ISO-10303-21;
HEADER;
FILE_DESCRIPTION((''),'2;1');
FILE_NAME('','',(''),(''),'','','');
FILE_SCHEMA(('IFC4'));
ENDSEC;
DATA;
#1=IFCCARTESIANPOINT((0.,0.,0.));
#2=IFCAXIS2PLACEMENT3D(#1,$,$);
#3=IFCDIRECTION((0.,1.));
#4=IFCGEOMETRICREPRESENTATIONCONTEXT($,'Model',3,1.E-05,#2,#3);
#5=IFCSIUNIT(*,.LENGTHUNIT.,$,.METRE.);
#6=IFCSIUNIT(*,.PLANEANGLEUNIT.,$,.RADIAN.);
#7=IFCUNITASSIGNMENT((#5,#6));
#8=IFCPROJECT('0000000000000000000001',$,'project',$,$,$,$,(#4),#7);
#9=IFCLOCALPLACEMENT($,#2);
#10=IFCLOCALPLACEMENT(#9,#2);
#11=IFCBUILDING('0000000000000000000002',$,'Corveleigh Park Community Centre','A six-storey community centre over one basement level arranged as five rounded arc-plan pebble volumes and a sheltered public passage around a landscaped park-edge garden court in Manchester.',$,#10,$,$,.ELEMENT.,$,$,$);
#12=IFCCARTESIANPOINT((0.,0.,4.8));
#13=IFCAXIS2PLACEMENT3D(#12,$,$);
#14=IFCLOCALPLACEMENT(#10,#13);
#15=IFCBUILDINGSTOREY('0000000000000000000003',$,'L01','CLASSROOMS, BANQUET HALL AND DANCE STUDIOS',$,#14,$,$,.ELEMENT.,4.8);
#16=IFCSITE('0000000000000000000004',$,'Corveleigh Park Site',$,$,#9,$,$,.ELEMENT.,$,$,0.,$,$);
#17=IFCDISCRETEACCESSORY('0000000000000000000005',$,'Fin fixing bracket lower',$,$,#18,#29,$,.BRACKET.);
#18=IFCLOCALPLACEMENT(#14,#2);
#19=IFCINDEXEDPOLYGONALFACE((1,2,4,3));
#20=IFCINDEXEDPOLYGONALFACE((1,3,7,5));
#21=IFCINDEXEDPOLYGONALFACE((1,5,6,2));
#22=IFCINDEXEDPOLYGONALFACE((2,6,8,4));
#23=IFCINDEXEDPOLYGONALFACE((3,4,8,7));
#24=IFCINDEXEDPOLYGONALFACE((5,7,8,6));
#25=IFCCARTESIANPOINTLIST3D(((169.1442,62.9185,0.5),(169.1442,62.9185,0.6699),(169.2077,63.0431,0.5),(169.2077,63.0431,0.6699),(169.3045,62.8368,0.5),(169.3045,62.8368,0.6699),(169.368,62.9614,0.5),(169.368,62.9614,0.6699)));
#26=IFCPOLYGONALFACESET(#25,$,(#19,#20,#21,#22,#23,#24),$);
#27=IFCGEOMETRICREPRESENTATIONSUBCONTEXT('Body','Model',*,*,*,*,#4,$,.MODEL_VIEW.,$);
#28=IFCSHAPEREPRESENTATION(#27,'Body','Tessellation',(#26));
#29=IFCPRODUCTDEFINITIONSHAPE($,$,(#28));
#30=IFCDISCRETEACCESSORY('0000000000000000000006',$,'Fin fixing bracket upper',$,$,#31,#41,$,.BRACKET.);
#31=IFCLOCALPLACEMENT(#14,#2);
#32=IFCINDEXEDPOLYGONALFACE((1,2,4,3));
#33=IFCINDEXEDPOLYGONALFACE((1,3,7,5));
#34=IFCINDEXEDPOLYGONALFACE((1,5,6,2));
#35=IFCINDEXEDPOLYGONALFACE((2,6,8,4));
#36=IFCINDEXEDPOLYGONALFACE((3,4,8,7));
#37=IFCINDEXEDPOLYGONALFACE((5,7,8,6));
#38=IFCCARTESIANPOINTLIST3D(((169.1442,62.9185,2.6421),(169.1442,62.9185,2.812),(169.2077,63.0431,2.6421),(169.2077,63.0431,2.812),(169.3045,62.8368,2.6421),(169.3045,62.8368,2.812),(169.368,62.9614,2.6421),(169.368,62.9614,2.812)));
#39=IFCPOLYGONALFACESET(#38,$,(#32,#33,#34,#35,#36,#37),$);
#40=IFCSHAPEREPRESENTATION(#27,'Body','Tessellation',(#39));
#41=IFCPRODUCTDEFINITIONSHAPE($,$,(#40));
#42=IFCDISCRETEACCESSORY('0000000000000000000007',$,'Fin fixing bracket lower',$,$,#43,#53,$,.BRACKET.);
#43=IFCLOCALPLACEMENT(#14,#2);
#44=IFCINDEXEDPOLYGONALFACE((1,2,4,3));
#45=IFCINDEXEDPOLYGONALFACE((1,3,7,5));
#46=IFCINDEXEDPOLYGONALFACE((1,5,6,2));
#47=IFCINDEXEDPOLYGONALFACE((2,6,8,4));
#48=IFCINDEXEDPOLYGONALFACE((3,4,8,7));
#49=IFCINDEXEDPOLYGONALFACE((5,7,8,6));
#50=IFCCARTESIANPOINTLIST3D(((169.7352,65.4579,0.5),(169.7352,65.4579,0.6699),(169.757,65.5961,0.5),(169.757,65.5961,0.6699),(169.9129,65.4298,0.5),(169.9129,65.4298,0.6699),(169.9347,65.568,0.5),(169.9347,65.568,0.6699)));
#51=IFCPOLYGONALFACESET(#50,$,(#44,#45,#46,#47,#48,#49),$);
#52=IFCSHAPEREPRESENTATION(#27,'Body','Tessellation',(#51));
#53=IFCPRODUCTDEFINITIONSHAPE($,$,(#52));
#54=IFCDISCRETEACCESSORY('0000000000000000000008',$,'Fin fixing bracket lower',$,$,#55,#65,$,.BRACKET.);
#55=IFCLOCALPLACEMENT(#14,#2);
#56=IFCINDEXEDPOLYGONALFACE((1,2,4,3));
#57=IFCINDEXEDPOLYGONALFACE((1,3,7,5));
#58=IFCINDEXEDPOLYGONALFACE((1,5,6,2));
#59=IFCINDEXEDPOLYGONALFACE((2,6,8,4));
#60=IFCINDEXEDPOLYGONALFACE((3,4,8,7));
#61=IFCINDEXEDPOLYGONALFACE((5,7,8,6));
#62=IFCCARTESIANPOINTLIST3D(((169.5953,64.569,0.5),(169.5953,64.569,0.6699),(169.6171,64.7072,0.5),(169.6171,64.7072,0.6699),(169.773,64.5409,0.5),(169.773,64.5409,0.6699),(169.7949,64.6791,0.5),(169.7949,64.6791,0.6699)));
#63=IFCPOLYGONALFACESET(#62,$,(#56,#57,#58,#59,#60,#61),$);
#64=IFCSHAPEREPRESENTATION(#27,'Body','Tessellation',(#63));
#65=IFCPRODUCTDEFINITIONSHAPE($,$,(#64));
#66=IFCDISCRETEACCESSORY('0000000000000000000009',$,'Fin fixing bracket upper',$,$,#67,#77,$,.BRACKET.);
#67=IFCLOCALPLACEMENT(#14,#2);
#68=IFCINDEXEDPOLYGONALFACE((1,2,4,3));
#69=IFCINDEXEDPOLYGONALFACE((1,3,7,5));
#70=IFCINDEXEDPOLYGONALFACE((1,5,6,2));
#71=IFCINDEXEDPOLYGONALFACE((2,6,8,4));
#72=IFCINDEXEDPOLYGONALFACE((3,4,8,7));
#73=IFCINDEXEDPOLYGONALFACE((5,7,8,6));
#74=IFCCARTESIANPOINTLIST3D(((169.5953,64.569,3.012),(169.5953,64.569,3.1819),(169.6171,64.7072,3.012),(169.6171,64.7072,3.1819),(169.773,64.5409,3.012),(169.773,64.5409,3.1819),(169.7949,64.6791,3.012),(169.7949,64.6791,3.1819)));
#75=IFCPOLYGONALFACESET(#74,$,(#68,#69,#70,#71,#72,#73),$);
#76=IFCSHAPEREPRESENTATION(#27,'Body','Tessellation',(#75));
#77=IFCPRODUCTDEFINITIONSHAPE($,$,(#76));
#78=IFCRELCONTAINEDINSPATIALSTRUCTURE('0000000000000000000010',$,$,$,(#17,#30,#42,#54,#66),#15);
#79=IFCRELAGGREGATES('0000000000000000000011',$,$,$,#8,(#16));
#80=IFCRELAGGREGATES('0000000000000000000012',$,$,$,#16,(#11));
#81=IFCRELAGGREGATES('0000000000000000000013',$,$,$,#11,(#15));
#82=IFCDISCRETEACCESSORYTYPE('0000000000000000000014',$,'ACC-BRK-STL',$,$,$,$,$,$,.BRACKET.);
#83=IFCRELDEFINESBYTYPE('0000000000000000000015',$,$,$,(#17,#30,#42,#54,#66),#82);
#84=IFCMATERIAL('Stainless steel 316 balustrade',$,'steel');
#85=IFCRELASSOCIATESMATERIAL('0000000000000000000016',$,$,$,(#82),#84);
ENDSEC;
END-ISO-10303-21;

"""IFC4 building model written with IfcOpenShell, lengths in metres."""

from ifc_helpers import new_model, si_unit, direction, frame, origin, origin_2d, place, context, subcontext, project, spatial, rectangle, extrude, material, type_object, element, save


model = new_model("IFC4")

# Units and contexts
model_context = context("Model", 3, precision=1e-05, world=origin(), true_north=direction((0.0, 1.0)))
body_context = subcontext(model_context, "Body", "Model", "MODEL_VIEW")
ifc_project = project(units=[si_unit("LENGTHUNIT", "METRE"), si_unit("PLANEANGLEUNIT", "RADIAN")], contexts=[model_context])

# Site, building, storey
site_placement = place(None, origin())
site = spatial("IfcSite", under=ifc_project, at=site_placement, Name="Corveleigh Park Site", CompositionType="ELEMENT", RefElevation=0.0)
building_placement = place(site_placement, origin())
building = spatial("IfcBuilding", under=site, at=building_placement, Name="Corveleigh Park Community Centre", Description="A six-storey community centre over one basement level arranged as five rounded arc-plan pebble volumes and a sheltered public passage around a landscaped park-edge garden court in Manchester.", CompositionType="ELEMENT")
storey_placement = place(building_placement, frame((0.0, 0.0, 4.8)))
storey = spatial("IfcBuildingStorey", under=building, at=storey_placement, Name="L01", Description="CLASSROOMS, BANQUET HALL AND DANCE STUDIOS", CompositionType="ELEMENT", Elevation=4.8)

# Discrete accessories
ifc_material_1 = material(Name="Stainless steel 316 balustrade", Category="steel")
discrete_accessory_type = type_object("IfcDiscreteAccessoryType", Name="ACC-BRK-STL", PredefinedType="BRACKET", material=ifc_material_1)
for number, where, z_axis, x_axis, name in (
    (1, (169.2561, 62.9399, 0.5), (0.0, 0.0, 1.0), (0.890865, -0.454269, 0.0), "Fin fixing bracket lower"),
    (2, (169.2561, 62.9399, 2.6421), (0.0, 0.0, 1.0), (0.890865, -0.454269, 0.0), "Fin fixing bracket upper"),
    (3, (169.835, 65.5129, 0.5), (0.0, 0.0, 1.0), (0.987734, -0.156146, 0.0), "Fin fixing bracket lower"),
    (4, (169.6951, 64.624, 0.5), (0.0, 0.0, 1.0), (0.987734, -0.156146, 0.0), "Fin fixing bracket lower"),
    (5, (169.6951, 64.624, 3.012), (0.0, 0.0, 1.0), (0.987734, -0.156146, 0.0), "Fin fixing bracket upper"),
):
    element("IfcDiscreteAccessory", number, at=place(storey_placement, frame(where, z_axis=z_axis, x_axis=x_axis)), inside=storey, type_object=discrete_accessory_type, Name=name, PredefinedType="BRACKET", context=body_context, shape_type="SweptSolid", body=[
        extrude(rectangle(XDim=0.1799, YDim=0.1399, at=origin_2d()), origin(), (0.0, 0.0, 1.0), 0.1699),
    ])

save(model, "model.ifc")
